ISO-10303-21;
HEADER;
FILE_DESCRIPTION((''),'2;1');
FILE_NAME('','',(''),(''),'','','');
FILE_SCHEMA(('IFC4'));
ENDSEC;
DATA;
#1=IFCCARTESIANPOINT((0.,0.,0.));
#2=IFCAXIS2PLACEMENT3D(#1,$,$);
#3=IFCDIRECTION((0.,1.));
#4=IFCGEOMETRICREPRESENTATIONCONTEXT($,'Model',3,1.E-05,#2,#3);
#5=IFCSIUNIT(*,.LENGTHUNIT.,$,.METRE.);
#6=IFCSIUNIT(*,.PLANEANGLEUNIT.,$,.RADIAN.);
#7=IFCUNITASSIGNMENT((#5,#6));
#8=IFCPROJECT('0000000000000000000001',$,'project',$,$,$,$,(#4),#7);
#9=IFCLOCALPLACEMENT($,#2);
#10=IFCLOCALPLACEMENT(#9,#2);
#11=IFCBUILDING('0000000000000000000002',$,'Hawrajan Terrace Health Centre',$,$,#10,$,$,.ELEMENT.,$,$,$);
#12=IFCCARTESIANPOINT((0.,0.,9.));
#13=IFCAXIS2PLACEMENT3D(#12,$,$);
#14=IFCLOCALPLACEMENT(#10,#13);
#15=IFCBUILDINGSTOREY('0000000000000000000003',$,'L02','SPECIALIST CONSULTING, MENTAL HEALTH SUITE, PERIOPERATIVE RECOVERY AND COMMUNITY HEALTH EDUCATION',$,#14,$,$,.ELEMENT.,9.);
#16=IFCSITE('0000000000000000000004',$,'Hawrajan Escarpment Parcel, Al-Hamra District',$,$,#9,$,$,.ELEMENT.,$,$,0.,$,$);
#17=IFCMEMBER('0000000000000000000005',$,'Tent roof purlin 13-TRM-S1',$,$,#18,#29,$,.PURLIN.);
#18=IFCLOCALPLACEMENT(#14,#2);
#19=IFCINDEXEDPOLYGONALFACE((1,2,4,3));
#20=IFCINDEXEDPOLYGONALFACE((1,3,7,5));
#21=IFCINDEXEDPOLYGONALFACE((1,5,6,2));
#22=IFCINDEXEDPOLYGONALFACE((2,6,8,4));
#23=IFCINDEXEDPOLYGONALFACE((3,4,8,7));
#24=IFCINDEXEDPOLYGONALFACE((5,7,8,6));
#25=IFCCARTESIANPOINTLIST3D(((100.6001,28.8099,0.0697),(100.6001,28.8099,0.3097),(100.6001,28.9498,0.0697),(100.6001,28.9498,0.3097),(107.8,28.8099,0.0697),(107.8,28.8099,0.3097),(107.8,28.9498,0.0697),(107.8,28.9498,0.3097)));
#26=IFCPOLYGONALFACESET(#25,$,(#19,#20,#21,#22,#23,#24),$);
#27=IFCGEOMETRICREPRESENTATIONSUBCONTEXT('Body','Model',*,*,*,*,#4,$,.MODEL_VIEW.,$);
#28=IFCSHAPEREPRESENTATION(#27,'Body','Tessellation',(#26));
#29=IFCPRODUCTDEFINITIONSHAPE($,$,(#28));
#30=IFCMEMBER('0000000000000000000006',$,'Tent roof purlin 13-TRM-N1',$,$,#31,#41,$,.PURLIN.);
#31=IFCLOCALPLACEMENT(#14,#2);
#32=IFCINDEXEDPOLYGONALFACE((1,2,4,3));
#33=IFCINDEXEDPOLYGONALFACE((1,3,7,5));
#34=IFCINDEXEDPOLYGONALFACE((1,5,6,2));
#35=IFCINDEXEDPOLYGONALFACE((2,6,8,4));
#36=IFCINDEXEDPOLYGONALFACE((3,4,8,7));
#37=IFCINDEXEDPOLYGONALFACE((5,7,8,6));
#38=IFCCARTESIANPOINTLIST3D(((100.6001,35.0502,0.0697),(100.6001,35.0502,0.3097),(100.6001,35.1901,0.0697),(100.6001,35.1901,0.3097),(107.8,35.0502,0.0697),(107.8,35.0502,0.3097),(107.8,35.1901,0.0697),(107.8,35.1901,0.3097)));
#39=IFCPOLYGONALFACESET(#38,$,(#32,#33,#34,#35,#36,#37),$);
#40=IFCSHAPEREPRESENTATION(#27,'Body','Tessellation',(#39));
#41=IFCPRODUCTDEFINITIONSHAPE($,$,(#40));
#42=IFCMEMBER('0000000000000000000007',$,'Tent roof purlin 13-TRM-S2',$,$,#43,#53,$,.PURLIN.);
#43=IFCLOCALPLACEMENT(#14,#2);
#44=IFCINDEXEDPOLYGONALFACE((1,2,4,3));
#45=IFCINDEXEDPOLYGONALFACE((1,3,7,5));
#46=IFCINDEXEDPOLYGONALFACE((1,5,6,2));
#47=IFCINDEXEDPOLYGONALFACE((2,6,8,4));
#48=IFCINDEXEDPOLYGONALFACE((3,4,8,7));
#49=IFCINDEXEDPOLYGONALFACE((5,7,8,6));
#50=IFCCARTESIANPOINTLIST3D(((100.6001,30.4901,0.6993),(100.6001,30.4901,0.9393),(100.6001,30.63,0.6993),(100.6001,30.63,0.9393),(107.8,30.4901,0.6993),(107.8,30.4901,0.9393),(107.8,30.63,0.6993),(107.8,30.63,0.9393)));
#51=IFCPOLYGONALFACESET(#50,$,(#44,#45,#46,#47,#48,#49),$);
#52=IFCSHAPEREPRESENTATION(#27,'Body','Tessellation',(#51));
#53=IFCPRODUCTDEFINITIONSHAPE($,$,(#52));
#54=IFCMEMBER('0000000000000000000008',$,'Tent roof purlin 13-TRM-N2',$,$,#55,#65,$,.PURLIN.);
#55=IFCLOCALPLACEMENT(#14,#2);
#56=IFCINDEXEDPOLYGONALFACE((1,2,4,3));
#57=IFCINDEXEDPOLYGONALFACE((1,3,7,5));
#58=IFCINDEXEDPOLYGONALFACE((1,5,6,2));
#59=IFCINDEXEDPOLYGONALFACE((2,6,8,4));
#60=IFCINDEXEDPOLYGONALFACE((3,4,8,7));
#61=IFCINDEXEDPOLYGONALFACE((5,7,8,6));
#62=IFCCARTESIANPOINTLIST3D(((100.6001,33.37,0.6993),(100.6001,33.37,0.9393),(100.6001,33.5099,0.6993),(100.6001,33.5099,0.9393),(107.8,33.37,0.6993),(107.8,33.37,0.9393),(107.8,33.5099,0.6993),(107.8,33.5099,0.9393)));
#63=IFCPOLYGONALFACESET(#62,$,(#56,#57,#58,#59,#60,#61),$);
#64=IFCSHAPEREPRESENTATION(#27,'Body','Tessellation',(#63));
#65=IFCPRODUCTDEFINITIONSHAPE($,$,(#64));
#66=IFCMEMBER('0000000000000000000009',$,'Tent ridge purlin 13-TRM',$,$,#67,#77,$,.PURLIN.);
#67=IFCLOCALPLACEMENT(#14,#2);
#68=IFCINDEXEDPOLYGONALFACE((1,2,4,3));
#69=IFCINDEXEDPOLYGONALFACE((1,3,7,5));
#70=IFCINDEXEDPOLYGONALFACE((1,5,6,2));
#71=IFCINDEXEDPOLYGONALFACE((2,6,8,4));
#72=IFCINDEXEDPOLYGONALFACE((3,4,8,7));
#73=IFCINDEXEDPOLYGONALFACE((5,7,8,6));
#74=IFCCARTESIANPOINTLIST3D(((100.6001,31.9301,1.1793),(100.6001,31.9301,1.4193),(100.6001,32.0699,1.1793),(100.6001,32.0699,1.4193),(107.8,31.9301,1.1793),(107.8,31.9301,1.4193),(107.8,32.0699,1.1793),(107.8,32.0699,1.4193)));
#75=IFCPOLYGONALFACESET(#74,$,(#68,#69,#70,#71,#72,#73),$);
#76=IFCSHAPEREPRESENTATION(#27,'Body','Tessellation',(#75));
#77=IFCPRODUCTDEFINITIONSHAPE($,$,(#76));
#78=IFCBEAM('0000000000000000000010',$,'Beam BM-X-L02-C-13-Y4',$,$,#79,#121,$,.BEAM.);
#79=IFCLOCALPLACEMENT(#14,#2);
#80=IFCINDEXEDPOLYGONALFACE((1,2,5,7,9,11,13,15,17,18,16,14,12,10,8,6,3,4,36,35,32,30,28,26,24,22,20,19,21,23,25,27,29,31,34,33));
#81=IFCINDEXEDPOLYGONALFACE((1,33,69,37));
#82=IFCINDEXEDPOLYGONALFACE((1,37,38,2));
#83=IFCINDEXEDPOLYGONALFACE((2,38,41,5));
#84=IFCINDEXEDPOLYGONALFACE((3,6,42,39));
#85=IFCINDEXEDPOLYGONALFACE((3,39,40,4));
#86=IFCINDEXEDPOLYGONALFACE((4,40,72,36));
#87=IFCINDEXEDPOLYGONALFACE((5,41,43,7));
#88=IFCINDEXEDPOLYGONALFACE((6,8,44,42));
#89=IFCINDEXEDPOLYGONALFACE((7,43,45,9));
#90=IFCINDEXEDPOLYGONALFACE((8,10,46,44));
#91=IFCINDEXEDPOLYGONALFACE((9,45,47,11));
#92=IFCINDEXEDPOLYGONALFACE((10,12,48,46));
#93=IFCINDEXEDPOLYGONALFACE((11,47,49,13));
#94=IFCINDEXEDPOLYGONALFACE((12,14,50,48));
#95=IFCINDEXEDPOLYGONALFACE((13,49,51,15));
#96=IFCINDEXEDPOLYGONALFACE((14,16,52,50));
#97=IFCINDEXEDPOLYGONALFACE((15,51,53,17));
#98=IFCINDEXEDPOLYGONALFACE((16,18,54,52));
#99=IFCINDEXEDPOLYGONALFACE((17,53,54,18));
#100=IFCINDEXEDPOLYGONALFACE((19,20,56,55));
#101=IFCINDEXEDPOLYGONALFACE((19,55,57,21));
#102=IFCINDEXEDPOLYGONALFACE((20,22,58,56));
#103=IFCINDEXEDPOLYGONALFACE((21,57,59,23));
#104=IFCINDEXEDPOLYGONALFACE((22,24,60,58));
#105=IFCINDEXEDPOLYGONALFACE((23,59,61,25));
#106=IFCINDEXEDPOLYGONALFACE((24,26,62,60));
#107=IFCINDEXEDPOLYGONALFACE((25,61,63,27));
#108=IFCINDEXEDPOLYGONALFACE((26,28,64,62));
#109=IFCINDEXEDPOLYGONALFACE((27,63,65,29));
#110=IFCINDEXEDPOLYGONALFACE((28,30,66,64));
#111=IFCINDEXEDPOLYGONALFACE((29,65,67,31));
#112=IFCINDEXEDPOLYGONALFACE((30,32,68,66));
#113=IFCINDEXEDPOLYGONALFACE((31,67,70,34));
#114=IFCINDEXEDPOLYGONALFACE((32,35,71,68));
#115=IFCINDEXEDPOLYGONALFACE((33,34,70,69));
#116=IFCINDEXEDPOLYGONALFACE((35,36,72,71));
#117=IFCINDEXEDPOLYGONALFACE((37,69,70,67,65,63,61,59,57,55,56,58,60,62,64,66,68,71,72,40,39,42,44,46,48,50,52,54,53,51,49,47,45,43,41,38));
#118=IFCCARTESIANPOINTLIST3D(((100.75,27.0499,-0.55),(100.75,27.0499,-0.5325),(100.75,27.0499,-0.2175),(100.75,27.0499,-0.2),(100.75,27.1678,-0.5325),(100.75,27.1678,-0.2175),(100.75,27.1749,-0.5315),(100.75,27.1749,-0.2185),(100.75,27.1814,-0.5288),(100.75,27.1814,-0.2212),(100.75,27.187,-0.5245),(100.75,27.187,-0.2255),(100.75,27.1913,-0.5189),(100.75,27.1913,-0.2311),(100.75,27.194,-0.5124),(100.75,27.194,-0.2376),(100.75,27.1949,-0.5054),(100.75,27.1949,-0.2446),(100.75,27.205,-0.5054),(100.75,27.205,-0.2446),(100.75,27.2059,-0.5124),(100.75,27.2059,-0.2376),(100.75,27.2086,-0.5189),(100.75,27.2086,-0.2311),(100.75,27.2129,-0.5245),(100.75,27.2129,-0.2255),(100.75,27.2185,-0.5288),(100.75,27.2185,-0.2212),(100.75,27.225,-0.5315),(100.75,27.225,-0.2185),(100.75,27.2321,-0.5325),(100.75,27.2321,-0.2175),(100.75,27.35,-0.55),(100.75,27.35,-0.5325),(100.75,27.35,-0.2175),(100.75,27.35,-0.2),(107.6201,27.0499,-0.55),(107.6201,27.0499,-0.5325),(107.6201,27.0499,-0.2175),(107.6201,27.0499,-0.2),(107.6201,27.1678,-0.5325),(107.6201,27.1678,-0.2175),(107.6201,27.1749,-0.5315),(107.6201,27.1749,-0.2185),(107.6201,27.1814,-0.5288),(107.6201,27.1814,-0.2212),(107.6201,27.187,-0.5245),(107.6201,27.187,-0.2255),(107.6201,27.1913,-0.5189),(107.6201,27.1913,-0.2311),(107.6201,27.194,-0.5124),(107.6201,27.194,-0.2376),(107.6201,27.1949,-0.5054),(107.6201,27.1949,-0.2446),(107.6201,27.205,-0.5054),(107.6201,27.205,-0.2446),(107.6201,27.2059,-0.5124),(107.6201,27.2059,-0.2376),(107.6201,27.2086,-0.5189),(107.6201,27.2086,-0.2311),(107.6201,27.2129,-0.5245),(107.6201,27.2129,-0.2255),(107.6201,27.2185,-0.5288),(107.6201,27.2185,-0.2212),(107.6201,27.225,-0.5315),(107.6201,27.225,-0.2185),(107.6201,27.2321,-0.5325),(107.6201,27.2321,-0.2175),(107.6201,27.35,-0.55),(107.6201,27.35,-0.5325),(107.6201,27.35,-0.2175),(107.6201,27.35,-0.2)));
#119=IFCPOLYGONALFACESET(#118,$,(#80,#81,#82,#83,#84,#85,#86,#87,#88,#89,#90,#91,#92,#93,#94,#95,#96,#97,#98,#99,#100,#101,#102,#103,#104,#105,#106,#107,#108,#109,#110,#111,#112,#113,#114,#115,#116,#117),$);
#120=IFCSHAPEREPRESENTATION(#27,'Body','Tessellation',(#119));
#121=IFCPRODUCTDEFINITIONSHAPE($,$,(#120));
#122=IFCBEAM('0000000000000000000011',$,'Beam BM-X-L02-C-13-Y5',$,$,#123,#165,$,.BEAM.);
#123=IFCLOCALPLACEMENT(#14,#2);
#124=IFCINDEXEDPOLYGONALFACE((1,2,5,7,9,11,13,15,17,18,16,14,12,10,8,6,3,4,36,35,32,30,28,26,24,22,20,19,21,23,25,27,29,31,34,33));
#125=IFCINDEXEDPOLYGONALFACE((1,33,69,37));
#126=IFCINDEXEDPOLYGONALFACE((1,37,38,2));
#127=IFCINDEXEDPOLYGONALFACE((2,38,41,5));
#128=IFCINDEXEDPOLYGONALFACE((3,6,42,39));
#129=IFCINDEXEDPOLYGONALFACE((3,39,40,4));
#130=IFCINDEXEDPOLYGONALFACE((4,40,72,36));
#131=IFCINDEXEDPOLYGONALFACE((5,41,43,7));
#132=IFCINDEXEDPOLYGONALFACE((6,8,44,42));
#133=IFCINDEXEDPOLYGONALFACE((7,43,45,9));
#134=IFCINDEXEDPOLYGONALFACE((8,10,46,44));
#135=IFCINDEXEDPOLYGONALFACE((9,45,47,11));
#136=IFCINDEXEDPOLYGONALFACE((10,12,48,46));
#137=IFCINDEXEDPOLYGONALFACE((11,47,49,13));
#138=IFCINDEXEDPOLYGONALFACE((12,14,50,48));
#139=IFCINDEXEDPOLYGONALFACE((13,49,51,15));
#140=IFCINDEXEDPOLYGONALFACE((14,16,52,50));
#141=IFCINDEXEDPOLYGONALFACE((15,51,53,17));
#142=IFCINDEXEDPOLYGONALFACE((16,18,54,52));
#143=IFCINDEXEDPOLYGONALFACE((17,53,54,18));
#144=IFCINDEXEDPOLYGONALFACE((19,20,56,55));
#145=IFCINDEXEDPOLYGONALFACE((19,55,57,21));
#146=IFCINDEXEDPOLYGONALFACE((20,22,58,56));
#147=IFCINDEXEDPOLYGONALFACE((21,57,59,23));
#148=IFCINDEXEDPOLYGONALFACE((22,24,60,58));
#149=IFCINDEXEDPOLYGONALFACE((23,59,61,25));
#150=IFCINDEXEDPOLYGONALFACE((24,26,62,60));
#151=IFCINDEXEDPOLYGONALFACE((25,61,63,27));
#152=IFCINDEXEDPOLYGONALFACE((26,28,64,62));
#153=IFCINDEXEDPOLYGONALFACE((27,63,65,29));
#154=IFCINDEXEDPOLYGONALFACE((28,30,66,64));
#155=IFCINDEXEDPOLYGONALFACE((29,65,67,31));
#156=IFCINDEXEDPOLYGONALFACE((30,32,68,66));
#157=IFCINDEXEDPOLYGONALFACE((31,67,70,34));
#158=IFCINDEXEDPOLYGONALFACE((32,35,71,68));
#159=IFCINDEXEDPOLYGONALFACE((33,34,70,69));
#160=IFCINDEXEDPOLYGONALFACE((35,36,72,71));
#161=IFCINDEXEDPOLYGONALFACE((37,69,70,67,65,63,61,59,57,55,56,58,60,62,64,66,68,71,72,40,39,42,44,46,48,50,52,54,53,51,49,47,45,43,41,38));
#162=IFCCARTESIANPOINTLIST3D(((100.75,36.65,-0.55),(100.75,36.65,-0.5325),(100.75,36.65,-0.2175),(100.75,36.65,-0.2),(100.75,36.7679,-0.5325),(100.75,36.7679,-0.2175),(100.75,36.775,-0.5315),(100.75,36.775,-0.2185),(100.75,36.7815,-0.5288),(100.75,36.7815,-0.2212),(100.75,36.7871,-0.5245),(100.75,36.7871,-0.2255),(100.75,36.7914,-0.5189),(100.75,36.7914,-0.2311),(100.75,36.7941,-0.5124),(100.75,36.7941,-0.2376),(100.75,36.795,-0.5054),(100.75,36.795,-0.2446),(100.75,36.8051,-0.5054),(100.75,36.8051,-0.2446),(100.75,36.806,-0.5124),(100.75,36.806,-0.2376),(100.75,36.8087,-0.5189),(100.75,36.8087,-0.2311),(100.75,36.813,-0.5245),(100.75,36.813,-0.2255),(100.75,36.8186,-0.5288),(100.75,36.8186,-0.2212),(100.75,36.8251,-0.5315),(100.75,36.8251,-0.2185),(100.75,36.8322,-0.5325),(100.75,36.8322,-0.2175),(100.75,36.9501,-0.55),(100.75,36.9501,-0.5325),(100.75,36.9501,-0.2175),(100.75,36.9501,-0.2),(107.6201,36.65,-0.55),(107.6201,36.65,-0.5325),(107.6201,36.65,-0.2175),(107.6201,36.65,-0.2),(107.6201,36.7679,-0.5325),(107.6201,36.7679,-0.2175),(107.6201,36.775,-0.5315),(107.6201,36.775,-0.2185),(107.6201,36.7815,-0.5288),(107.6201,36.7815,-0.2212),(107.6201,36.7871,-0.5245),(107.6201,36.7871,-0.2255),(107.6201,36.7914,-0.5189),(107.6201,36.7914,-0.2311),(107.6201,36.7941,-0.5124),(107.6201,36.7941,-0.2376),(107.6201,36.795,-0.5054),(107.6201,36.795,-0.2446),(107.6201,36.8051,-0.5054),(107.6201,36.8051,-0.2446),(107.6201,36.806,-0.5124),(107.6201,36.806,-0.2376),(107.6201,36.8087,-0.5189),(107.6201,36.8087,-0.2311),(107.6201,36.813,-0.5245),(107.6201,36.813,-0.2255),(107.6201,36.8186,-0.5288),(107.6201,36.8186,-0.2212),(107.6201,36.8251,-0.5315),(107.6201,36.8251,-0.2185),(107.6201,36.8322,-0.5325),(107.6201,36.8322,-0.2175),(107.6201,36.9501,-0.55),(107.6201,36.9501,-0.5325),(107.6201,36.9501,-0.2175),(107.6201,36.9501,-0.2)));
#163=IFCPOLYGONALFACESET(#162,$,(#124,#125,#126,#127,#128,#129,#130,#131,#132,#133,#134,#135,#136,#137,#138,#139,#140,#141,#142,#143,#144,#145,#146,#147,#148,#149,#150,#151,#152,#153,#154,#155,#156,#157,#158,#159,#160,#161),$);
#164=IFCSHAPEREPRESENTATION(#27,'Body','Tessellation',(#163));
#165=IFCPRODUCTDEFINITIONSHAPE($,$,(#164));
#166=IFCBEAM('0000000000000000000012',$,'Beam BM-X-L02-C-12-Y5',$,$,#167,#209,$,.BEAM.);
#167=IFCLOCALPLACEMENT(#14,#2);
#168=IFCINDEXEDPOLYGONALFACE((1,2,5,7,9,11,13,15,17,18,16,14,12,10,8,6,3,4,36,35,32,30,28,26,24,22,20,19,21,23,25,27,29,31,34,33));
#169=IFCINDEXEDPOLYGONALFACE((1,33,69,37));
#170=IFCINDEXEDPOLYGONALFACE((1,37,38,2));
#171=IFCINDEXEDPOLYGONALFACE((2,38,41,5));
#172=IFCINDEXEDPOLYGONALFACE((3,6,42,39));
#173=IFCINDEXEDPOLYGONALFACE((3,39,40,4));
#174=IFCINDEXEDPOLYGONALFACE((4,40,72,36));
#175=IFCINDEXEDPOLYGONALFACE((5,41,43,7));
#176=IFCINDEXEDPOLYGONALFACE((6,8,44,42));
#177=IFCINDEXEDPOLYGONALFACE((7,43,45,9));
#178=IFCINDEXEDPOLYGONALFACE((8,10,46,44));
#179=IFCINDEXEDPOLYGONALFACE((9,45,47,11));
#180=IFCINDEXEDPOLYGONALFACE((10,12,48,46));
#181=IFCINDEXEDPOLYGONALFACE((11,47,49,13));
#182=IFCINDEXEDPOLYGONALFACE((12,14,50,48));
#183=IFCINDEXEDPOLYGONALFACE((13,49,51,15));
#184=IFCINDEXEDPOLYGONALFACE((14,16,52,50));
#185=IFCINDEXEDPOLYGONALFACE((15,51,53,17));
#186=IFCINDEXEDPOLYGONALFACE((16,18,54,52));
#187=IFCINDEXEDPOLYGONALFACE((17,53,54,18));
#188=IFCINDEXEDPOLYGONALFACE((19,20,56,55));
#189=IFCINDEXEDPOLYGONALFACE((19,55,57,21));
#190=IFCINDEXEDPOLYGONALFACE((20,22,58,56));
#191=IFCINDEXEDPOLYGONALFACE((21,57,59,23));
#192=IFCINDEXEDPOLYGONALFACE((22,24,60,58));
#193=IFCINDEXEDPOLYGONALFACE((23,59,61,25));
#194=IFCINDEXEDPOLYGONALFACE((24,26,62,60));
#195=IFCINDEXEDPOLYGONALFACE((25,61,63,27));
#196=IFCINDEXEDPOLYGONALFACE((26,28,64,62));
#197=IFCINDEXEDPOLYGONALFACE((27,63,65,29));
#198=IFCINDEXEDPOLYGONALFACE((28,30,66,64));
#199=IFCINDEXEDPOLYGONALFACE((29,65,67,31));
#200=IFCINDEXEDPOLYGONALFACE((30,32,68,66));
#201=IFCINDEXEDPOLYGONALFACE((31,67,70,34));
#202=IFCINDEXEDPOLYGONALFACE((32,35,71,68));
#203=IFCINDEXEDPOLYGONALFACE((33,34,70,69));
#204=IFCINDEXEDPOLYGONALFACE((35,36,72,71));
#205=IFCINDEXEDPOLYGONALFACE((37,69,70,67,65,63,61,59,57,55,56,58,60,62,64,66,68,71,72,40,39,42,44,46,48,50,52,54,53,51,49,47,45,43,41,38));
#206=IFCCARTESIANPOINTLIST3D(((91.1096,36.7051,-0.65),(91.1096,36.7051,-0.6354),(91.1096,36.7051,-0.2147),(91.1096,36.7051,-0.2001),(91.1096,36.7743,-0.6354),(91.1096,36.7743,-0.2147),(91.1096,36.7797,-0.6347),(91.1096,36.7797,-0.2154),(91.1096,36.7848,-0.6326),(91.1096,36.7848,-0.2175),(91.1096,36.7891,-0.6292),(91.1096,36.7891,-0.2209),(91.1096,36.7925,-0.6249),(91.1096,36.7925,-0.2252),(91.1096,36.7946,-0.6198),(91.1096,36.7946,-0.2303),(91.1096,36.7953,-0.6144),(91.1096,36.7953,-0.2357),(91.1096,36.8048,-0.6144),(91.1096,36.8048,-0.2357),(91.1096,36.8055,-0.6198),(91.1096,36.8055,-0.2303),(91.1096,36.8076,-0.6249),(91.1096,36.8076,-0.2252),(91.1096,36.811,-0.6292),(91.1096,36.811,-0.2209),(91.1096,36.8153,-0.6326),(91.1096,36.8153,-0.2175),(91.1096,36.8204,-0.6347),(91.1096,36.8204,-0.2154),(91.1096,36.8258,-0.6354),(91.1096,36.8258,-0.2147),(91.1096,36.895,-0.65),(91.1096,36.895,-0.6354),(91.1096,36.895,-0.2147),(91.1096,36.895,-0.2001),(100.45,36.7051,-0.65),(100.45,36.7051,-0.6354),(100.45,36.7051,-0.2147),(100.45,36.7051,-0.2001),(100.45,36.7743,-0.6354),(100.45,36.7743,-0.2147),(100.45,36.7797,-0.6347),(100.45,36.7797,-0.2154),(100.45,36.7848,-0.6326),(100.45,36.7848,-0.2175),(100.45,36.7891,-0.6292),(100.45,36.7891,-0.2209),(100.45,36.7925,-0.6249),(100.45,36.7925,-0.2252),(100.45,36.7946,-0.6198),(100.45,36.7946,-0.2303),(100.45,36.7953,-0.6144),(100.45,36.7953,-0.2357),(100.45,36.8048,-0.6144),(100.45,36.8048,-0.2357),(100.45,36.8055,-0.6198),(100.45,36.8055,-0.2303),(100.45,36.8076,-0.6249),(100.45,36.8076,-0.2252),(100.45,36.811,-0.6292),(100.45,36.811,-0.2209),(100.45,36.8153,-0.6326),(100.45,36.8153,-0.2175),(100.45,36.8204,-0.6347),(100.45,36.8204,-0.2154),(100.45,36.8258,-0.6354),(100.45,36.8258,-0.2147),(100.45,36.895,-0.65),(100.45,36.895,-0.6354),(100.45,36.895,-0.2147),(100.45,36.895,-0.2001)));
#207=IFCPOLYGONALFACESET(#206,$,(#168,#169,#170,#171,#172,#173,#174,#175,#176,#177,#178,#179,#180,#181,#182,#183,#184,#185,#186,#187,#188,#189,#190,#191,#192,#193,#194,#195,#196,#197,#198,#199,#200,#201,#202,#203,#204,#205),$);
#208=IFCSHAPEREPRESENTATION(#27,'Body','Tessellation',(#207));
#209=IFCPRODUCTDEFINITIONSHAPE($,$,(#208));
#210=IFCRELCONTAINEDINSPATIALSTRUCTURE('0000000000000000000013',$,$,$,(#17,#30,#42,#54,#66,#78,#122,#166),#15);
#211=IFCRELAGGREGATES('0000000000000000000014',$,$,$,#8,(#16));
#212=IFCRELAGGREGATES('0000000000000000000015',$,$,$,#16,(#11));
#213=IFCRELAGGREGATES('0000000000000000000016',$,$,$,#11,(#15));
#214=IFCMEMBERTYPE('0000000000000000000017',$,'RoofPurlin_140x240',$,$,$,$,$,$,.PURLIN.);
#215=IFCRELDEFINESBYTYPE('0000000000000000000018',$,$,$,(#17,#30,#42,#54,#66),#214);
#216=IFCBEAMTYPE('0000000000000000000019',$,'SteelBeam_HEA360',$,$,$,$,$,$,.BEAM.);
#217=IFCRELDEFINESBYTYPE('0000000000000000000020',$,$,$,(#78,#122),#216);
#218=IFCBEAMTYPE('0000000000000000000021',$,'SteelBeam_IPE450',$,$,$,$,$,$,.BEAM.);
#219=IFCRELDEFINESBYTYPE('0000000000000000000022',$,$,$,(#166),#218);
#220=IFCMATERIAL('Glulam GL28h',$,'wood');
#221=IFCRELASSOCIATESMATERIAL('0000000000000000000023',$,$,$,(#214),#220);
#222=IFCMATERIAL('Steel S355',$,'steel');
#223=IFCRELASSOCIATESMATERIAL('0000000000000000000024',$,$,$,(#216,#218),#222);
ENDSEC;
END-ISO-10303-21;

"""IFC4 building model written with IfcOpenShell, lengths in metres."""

from ifc_helpers import new_model, si_unit, direction, frame, origin, origin_2d, place, context, subcontext, project, spatial, rectangle, i_section, extrude, material, material_profile, profile_set, type_object, element, save


model = new_model("IFC4")

# Units and contexts
model_context = context("Model", 3, precision=1e-05, world=origin(), true_north=direction((0.0, 1.0)))
body_context = subcontext(model_context, "Body", "Model", "MODEL_VIEW")
ifc_project = project(units=[si_unit("LENGTHUNIT", "METRE"), si_unit("PLANEANGLEUNIT", "RADIAN")], contexts=[model_context])

# Site, building, storey
site_placement = place(None, origin())
site = spatial("IfcSite", under=ifc_project, at=site_placement, Name="Hawrajan Escarpment Parcel, Al-Hamra District", CompositionType="ELEMENT", RefElevation=0.0)
building_placement = place(site_placement, origin())
building = spatial("IfcBuilding", under=site, at=building_placement, Name="Hawrajan Terrace Health Centre", CompositionType="ELEMENT")
storey_placement = place(building_placement, frame((0.0, 0.0, 9.0)))
storey = spatial("IfcBuildingStorey", under=building, at=storey_placement, Name="L02", Description="SPECIALIST CONSULTING, MENTAL HEALTH SUITE, PERIOPERATIVE RECOVERY AND COMMUNITY HEALTH EDUCATION", CompositionType="ELEMENT", Elevation=9.0)

# Members
ifc_material_1 = material(Name="Glulam GL28h", Category="wood")
ifc_material_profile_1 = material_profile(ifc_material_1, rectangle(XDim=0.1399, YDim=0.24, at=origin_2d()), Name="GL PUR 140x240")
ifc_profile_set_1 = profile_set([ifc_material_profile_1], Name="Glulam GL28h")
member_type_1 = type_object("IfcMemberType", Name="RoofPurlin_140x240", PredefinedType="PURLIN", material=ifc_profile_set_1)
for number, where, z_axis, x_axis, name in (
    (1, (100.6001, 28.8799, 0.1897), (1.0, 0.0, 0.0), (0.0, 1.0, 0.0), "Tent roof purlin 13-TRM-S1"),
    (2, (100.6001, 35.1201, 0.1897), (1.0, 0.0, 0.0), (0.0, 1.0, 0.0), "Tent roof purlin 13-TRM-N1"),
    (3, (100.6001, 30.5601, 0.8193), (1.0, 0.0, 0.0), (0.0, 1.0, 0.0), "Tent roof purlin 13-TRM-S2"),
    (4, (100.6001, 33.4399, 0.8193), (1.0, 0.0, 0.0), (0.0, 1.0, 0.0), "Tent roof purlin 13-TRM-N2"),
    (5, (100.6001, 32.0, 1.2993), (1.0, 0.0, 0.0), (0.0, 1.0, 0.0), "Tent ridge purlin 13-TRM"),
):
    element("IfcMember", number, at=place(storey_placement, frame(where, z_axis=z_axis, x_axis=x_axis)), inside=storey, type_object=member_type_1, Name=name, PredefinedType="PURLIN", context=body_context, shape_type="SweptSolid", body=[
        extrude(rectangle(XDim=0.1399, YDim=0.24, at=origin_2d()), origin(), (0.0, 0.0, 1.0), 7.2),
    ])

# Beams
ifc_material_2 = material(Name="Steel S355", Category="steel")
ifc_material_profile_2 = material_profile(ifc_material_2, i_section(OverallWidth=0.3, OverallDepth=0.3501, WebThickness=0.01, FlangeThickness=0.0176, FilletRadius=0.0271, at=origin_2d()), Name="HEA 360")
ifc_profile_set_2 = profile_set([ifc_material_profile_2], Name="Steel S355")
beam_type_1 = type_object("IfcBeamType", Name="SteelBeam_HEA360", PredefinedType="BEAM", material=ifc_profile_set_2)
for number, where, z_axis, x_axis, name in (
    (6, (100.75, 27.2, -0.375), (1.0, 0.0, 0.0), (0.0, 1.0, 0.0), "Beam BM-X-L02-C-13-Y4"),
    (7, (100.75, 36.8, -0.375), (1.0, 0.0, 0.0), (0.0, 1.0, 0.0), "Beam BM-X-L02-C-13-Y5"),
):
    element("IfcBeam", number, at=place(storey_placement, frame(where, z_axis=z_axis, x_axis=x_axis)), inside=storey, type_object=beam_type_1, Name=name, PredefinedType="BEAM", context=body_context, shape_type="SweptSolid", body=[
        extrude(i_section(OverallWidth=0.3, OverallDepth=0.3501, WebThickness=0.01, FlangeThickness=0.0176, FilletRadius=0.0271, at=origin_2d()), origin(), (0.0, 0.0, 1.0), 6.8701),
    ])
ifc_material_profile_3 = material_profile(ifc_material_2, i_section(OverallWidth=0.1899, OverallDepth=0.45, WebThickness=0.0095, FlangeThickness=0.0146, FilletRadius=0.021, at=origin_2d()), Name="IPE 450")
ifc_profile_set_3 = profile_set([ifc_material_profile_3], Name="Steel S355")
beam_type_2 = type_object("IfcBeamType", Name="SteelBeam_IPE450", PredefinedType="BEAM", material=ifc_profile_set_3)
beam_placement = place(storey_placement, frame((91.1096, 36.8, -0.425), z_axis=(1.0, 0.0, 0.0), x_axis=(0.0, 1.0, 0.0)))
element("IfcBeam", 8, at=beam_placement, inside=storey, type_object=beam_type_2, Name="Beam BM-X-L02-C-12-Y5", PredefinedType="BEAM", context=body_context, shape_type="SweptSolid", body=[
    extrude(i_section(OverallWidth=0.1899, OverallDepth=0.45, WebThickness=0.0095, FlangeThickness=0.0146, FilletRadius=0.021, at=origin_2d()), origin(), (0.0, 0.0, 1.0), 9.3403),
])

save(model, "model.ifc")
